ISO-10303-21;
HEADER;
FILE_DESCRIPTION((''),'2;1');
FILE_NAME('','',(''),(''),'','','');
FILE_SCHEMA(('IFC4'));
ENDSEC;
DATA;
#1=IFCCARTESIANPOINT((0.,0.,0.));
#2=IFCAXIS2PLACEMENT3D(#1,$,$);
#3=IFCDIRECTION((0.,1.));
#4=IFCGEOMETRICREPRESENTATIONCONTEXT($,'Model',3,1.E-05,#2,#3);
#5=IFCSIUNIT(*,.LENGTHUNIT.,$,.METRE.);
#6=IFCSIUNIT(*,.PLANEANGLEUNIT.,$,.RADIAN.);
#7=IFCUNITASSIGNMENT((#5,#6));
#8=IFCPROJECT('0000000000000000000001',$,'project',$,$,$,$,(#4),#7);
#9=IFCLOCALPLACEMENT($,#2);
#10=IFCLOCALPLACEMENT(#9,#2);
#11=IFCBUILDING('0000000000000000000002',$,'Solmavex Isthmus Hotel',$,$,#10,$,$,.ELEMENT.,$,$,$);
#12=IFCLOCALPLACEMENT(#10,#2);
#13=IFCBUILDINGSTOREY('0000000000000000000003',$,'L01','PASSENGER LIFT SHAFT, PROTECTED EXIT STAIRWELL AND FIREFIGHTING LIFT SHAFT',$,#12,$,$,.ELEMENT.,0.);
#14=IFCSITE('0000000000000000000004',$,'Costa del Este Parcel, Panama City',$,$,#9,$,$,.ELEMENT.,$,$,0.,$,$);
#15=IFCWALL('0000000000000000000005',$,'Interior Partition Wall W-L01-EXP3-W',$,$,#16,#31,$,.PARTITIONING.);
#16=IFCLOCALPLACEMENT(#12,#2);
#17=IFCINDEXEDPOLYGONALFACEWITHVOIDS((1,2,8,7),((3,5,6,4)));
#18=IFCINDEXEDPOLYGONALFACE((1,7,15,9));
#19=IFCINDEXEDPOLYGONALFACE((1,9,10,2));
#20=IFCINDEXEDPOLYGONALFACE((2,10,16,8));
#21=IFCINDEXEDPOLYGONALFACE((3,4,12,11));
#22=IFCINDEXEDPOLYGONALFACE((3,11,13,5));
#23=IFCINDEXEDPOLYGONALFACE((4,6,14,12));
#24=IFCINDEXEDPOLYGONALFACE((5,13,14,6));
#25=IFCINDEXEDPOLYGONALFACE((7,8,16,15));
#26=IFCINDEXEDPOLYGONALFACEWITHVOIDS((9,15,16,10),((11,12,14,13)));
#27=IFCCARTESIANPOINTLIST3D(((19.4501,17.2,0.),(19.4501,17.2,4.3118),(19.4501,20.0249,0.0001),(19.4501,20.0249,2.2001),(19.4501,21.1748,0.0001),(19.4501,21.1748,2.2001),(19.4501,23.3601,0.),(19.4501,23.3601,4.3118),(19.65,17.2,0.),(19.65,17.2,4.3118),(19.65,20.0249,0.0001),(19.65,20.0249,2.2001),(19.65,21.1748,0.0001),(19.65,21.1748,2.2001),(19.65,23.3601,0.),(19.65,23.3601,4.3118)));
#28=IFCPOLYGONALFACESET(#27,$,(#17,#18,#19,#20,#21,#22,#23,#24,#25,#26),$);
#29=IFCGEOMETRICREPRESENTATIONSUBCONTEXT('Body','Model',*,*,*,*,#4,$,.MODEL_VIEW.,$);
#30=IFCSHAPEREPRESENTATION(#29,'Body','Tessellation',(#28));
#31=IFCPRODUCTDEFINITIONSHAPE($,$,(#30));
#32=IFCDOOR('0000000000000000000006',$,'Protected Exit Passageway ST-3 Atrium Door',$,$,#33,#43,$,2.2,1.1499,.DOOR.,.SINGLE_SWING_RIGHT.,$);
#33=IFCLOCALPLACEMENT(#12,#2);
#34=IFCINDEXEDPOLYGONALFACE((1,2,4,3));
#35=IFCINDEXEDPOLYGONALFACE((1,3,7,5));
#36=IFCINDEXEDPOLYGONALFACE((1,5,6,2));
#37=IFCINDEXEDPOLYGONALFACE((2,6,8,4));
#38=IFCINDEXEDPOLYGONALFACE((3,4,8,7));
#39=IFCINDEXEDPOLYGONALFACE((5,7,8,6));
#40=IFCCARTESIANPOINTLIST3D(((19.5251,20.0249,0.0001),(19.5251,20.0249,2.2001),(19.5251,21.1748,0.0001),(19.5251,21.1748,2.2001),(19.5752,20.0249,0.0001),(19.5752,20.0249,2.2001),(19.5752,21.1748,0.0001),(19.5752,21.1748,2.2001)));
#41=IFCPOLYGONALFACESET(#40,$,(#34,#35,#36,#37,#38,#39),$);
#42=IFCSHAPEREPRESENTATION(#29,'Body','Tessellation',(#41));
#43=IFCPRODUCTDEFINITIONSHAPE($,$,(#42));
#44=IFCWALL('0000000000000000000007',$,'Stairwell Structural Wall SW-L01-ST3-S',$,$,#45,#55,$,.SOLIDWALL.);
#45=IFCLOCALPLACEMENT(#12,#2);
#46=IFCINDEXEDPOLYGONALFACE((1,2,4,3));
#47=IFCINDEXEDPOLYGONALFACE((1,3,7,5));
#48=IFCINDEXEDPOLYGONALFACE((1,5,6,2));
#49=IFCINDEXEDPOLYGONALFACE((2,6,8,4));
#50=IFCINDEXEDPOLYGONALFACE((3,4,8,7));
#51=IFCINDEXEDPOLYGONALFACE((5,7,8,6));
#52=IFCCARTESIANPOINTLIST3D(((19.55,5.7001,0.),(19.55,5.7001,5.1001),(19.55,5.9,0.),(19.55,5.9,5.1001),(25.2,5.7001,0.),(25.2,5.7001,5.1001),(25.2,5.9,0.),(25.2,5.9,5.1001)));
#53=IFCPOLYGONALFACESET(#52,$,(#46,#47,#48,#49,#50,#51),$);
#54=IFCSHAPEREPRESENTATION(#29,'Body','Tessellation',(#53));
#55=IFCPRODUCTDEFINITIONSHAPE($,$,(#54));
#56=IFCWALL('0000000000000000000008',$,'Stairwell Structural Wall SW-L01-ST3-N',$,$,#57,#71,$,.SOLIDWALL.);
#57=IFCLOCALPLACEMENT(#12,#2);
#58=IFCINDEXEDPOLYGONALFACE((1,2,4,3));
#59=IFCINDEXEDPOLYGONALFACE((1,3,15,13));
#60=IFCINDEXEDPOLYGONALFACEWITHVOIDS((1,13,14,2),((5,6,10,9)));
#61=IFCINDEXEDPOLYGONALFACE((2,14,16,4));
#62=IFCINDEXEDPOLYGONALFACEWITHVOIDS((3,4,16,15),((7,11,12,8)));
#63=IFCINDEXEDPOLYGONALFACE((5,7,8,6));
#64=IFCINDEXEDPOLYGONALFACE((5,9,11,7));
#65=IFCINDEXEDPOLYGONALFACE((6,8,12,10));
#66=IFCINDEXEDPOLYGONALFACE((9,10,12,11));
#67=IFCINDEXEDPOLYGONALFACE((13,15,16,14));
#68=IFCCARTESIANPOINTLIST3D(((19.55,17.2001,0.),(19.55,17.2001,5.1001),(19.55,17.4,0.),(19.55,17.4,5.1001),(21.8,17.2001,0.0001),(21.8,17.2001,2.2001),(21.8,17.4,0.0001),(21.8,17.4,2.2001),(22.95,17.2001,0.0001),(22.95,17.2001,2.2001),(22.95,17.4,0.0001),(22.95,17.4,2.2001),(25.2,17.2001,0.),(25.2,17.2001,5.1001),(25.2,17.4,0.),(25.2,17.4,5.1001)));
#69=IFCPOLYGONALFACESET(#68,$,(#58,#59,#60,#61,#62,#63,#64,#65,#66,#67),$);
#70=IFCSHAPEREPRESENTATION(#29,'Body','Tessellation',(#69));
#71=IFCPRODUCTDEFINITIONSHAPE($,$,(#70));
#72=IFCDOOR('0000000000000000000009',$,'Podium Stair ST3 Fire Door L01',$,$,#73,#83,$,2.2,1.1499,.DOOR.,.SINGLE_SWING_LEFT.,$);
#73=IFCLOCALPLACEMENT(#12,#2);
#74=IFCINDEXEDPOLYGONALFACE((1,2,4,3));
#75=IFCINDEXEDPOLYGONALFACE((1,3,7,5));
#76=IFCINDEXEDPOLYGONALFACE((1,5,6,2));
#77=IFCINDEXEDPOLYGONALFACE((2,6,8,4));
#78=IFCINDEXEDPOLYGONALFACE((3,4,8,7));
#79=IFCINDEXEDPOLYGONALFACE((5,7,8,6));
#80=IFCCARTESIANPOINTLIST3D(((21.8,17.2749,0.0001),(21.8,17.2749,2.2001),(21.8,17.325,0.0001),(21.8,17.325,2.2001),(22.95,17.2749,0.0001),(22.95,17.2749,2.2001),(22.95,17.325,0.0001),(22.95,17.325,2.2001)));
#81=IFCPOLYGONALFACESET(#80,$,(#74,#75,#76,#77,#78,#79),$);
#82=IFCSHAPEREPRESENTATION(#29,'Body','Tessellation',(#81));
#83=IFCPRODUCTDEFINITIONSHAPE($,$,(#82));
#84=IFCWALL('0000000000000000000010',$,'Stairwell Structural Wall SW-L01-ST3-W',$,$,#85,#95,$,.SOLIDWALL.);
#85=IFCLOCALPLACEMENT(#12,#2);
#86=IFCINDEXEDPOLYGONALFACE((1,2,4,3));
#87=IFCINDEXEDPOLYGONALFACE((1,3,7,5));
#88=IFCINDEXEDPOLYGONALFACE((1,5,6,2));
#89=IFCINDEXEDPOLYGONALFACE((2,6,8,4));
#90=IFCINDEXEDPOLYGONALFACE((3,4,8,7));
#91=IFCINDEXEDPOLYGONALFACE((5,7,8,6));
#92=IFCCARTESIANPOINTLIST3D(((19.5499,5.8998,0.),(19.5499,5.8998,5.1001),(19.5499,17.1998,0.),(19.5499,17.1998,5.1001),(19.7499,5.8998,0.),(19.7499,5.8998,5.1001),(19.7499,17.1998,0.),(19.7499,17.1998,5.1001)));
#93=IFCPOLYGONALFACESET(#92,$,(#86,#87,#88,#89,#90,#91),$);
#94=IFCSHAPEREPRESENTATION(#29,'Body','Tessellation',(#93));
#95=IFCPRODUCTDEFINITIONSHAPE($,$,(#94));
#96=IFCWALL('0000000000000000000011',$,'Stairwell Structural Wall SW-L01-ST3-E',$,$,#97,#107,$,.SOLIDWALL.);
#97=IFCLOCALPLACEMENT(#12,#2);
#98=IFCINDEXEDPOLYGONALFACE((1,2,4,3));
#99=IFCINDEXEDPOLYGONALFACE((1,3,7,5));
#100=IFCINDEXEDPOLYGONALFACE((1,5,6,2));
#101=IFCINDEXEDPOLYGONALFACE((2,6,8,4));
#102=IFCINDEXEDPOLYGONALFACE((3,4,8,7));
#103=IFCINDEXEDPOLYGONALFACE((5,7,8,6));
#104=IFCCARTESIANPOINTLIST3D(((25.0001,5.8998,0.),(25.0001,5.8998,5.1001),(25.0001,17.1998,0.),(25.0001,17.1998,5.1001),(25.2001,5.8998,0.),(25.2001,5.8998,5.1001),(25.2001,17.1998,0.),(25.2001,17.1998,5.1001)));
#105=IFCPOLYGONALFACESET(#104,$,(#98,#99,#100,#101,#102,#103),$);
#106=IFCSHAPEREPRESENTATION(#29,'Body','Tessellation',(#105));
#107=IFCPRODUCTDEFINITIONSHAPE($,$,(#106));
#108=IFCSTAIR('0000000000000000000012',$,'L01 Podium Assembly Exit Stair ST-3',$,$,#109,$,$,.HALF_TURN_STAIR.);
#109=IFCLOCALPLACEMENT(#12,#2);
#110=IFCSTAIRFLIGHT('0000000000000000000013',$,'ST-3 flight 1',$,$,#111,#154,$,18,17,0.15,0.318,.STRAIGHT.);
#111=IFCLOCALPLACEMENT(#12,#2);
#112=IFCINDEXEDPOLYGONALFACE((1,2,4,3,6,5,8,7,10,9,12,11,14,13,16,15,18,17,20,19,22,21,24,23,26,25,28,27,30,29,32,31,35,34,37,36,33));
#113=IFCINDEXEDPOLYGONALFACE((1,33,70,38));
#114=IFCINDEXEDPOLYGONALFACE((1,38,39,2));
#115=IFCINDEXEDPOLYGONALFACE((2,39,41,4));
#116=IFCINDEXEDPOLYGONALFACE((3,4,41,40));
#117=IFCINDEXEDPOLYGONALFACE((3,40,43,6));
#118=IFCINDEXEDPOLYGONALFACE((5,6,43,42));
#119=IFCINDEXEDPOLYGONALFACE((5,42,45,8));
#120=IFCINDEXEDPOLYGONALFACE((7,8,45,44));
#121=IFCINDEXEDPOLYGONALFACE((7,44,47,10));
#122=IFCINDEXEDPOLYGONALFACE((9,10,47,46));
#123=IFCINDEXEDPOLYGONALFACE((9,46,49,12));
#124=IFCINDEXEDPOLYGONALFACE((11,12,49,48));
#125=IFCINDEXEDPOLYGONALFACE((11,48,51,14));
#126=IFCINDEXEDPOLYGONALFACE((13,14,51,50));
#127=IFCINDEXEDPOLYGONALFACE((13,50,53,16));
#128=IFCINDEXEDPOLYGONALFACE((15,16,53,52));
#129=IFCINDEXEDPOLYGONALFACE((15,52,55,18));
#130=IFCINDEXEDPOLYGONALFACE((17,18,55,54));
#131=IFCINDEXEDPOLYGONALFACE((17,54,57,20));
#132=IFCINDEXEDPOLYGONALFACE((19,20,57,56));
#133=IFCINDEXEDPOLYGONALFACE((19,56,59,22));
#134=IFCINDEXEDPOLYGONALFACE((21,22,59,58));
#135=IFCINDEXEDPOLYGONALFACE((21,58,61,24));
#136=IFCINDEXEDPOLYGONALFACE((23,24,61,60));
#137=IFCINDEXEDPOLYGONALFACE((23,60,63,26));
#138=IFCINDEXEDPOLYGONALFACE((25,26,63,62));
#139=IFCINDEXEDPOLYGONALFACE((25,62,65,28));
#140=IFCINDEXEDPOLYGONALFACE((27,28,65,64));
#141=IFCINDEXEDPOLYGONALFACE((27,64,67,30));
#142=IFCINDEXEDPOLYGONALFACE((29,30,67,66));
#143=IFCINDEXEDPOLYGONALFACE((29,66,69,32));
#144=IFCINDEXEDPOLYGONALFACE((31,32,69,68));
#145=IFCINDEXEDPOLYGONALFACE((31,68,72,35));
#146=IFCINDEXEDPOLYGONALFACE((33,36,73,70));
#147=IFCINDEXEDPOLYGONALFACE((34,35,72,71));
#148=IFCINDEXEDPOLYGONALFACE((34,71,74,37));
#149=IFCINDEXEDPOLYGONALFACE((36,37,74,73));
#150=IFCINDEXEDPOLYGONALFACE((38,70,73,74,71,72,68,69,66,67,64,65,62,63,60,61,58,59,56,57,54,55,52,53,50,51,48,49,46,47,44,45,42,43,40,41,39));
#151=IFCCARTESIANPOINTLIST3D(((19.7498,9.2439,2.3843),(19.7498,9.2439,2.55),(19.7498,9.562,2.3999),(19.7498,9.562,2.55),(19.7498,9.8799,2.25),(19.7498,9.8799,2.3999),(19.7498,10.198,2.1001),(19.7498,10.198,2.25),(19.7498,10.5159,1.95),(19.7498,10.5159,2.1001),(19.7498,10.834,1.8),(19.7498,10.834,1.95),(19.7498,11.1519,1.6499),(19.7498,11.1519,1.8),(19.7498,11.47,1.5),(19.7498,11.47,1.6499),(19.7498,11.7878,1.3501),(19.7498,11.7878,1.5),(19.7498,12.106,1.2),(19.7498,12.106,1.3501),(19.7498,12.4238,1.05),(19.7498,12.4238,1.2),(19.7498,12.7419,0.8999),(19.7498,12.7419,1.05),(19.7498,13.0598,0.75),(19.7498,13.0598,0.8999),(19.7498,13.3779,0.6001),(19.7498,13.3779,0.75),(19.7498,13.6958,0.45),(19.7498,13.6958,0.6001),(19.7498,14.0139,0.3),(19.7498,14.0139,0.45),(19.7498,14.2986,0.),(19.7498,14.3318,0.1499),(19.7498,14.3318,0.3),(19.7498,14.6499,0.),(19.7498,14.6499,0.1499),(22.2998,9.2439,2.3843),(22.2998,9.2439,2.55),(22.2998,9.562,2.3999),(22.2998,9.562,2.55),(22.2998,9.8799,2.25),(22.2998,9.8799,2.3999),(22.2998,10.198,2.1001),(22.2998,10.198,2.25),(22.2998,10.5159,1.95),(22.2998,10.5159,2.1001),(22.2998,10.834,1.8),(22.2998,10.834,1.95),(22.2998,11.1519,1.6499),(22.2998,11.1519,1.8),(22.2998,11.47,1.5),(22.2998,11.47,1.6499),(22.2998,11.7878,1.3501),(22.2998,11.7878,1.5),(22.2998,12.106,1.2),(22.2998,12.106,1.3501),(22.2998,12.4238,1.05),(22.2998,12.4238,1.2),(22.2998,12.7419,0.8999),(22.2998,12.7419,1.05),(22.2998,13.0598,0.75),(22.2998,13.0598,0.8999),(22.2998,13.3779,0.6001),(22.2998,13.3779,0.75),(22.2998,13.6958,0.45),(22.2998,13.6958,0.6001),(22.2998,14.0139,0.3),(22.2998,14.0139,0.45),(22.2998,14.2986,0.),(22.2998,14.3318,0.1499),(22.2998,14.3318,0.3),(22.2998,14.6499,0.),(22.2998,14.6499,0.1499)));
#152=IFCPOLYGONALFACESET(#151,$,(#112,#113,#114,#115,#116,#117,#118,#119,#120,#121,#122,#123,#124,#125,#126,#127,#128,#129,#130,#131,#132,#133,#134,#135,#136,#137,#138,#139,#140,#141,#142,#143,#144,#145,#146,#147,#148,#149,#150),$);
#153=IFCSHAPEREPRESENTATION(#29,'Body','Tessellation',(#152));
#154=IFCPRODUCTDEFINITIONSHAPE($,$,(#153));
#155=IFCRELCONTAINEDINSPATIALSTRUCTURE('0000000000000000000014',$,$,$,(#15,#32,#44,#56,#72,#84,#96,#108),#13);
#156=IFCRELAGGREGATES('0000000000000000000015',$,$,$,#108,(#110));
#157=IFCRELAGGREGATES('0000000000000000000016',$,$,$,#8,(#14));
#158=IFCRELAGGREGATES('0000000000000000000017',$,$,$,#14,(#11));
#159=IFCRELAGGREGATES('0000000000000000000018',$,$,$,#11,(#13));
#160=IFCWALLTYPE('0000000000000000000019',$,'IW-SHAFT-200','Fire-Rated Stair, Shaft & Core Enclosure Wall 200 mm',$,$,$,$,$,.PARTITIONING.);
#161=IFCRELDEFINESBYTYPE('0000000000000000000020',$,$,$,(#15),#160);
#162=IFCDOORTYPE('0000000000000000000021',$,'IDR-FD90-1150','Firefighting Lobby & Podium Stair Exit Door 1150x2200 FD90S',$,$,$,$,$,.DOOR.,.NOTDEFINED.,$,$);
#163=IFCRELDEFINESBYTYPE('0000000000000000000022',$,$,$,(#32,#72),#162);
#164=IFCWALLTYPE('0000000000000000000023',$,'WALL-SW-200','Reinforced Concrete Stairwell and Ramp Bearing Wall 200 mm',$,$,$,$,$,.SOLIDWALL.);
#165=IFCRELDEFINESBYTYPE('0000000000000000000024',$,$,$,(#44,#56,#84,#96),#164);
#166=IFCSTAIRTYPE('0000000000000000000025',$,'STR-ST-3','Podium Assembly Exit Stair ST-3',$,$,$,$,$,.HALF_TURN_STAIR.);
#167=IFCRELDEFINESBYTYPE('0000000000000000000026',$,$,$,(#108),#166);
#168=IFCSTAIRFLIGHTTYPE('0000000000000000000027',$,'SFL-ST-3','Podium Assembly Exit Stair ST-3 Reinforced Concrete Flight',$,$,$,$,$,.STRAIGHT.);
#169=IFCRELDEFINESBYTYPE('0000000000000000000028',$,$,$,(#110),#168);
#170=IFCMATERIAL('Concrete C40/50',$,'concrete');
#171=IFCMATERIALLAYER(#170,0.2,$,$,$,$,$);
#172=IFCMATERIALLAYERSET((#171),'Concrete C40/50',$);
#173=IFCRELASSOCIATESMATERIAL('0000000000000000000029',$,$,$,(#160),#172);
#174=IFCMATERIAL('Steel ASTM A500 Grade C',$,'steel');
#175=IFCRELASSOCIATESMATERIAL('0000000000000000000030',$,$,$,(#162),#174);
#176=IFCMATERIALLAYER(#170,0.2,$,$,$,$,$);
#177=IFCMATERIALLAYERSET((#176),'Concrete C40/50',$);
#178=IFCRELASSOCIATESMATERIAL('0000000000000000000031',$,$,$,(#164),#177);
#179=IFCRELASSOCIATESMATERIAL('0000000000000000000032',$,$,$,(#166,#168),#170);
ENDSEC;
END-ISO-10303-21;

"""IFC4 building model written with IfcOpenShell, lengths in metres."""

from ifc_helpers import new_model, si_unit, direction, frame, frame_2d, origin, place, context, subcontext, project, spatial, polyline, rectangle, outline, extrude, material, layer, layer_set, type_object, element, fill, aggregate, save


model = new_model("IFC4")

# Units and contexts
model_context = context("Model", 3, precision=1e-05, world=origin(), true_north=direction((0.0, 1.0)))
body_context = subcontext(model_context, "Body", "Model", "MODEL_VIEW")
ifc_project = project(units=[si_unit("LENGTHUNIT", "METRE"), si_unit("PLANEANGLEUNIT", "RADIAN")], contexts=[model_context])

# Site, building, storey
site_placement = place(None, origin())
site = spatial("IfcSite", under=ifc_project, at=site_placement, Name="Costa del Este Parcel, Panama City", CompositionType="ELEMENT", RefElevation=0.0)
building_placement = place(site_placement, origin())
building = spatial("IfcBuilding", under=site, at=building_placement, Name="Solmavex Isthmus Hotel", CompositionType="ELEMENT")
storey_placement = place(building_placement, origin())
storey = spatial("IfcBuildingStorey", under=building, at=storey_placement, Name="L01", Description="PASSENGER LIFT SHAFT, PROTECTED EXIT STAIRWELL AND FIREFIGHTING LIFT SHAFT", CompositionType="ELEMENT", Elevation=0.0)

# Shared definitions
ifc_material_1 = material(Name="Concrete C40/50", Category="concrete")

# Shared definitions
ifc_layer_1 = layer(ifc_material_1, 0.2)
ifc_layer_set_1 = layer_set([ifc_layer_1], Name="Concrete C40/50")
wall_type_1 = type_object("IfcWallType", Name="IW-SHAFT-200", Description="Fire-Rated Stair, Shaft & Core Enclosure Wall 200 mm", PredefinedType="PARTITIONING", material=ifc_layer_set_1)

# Wall, opening, door
wall_1_placement = place(storey_placement, frame((19.55, 17.2, 0.0), z_axis=(0.0, 0.0, 1.0), x_axis=(0.0, 1.0, 0.0)))
wall_1 = element("IfcWall", 1, at=wall_1_placement, inside=storey, type_object=wall_type_1, Name="Interior Partition Wall W-L01-EXP3-W", PredefinedType="PARTITIONING", context=body_context, shape_type="SweptSolid", body=[
    extrude(rectangle(XDim=6.1602, YDim=0.2, at=frame_2d((3.0801, 0.0))), origin(), (0.0, 0.0, 1.0), 4.3118),
])
opening_1_placement = place(wall_1_placement, frame((2.825, 0.0, 0.0)))
opening_1 = element("IfcOpeningElement", 2, at=opening_1_placement, cuts=wall_1, PredefinedType="OPENING", context=body_context, shape_type="SweptSolid", body=[
    extrude(rectangle(XDim=1.1499, YDim=2.2, at=frame_2d((0.575, 1.1001))), frame((0.0, 0.1099, 0.0), z_axis=(0.0, -1.0, 0.0), x_axis=(1.0, 0.0, 0.0)), (0.0, 0.0, 1.0), 0.22),
])
ifc_material_2 = material(Name="Steel ASTM A500 Grade C", Category="steel")
door_type_1 = type_object("IfcDoorType", Name="IDR-FD90-1150", Description="Firefighting Lobby & Podium Stair Exit Door 1150x2200 FD90S", OperationType="NOTDEFINED", PredefinedType="DOOR", material=ifc_material_2)
door_1_placement = place(opening_1_placement, origin())
door_1 = element("IfcDoor", 3, at=door_1_placement, inside=storey, type_object=door_type_1, Name="Protected Exit Passageway ST-3 Atrium Door", OperationType="SINGLE_SWING_RIGHT", OverallHeight=2.2, OverallWidth=1.1499, PredefinedType="DOOR", context=body_context, shape_type="SweptSolid", body=[
    extrude(rectangle(XDim=1.1499, YDim=2.2, at=frame_2d((0.575, 1.1001))), frame((0.0, 0.0249, 0.0), z_axis=(0.0, -1.0, 0.0), x_axis=(1.0, 0.0, 0.0)), (0.0, 0.0, 1.0), 0.05),
])
fill(opening_1, door_1)

# Wall
ifc_layer_2 = layer(ifc_material_1, 0.2)
ifc_layer_set_2 = layer_set([ifc_layer_2], Name="Concrete C40/50")
wall_type_2 = type_object("IfcWallType", Name="WALL-SW-200", Description="Reinforced Concrete Stairwell and Ramp Bearing Wall 200 mm", PredefinedType="SOLIDWALL", material=ifc_layer_set_2)
wall_2_placement = place(storey_placement, frame((19.55, 5.8, 0.0), z_axis=(0.0, 0.0, 1.0), x_axis=(1.0, 0.0, 0.0)))
element("IfcWall", 4, at=wall_2_placement, inside=storey, type_object=wall_type_2, Name="Stairwell Structural Wall SW-L01-ST3-S", PredefinedType="SOLIDWALL", context=body_context, shape_type="SweptSolid", body=[
    extrude(rectangle(XDim=5.6499, YDim=0.2, at=frame_2d((2.825, 0.0))), origin(), (0.0, 0.0, 1.0), 5.1001),
])

# Wall, opening, door
wall_3_placement = place(storey_placement, frame((19.55, 17.3, 0.0), z_axis=(0.0, 0.0, 1.0), x_axis=(1.0, 0.0, 0.0)))
wall_3 = element("IfcWall", 5, at=wall_3_placement, inside=storey, type_object=wall_type_2, Name="Stairwell Structural Wall SW-L01-ST3-N", PredefinedType="SOLIDWALL", context=body_context, shape_type="SweptSolid", body=[
    extrude(rectangle(XDim=5.6499, YDim=0.2, at=frame_2d((2.825, 0.0))), origin(), (0.0, 0.0, 1.0), 5.1001),
])
opening_2_placement = place(wall_3_placement, frame((2.25, 0.0, 0.0)))
opening_2 = element("IfcOpeningElement", 6, at=opening_2_placement, cuts=wall_3, PredefinedType="OPENING", context=body_context, shape_type="SweptSolid", body=[
    extrude(rectangle(XDim=1.1499, YDim=2.2, at=frame_2d((0.575, 1.1001))), frame((0.0, 0.1099, 0.0), z_axis=(0.0, -1.0, 0.0), x_axis=(1.0, 0.0, 0.0)), (0.0, 0.0, 1.0), 0.22),
])
door_2_placement = place(opening_2_placement, origin())
door_2 = element("IfcDoor", 7, at=door_2_placement, inside=storey, type_object=door_type_1, Name="Podium Stair ST3 Fire Door L01", OperationType="SINGLE_SWING_LEFT", OverallHeight=2.2, OverallWidth=1.1499, PredefinedType="DOOR", context=body_context, shape_type="SweptSolid", body=[
    extrude(rectangle(XDim=1.1499, YDim=2.2, at=frame_2d((0.575, 1.1001))), frame((0.0, 0.0249, 0.0), z_axis=(0.0, -1.0, 0.0), x_axis=(1.0, 0.0, 0.0)), (0.0, 0.0, 1.0), 0.05),
])
fill(opening_2, door_2)

# Walls
for number, where, z_axis, x_axis, name in (
    (8, (19.6499, 5.8999, 0.0), (0.0, 0.0, 1.0), (0.0, 1.0, 0.0), "Stairwell Structural Wall SW-L01-ST3-W"),
    (9, (25.1001, 5.8999, 0.0), (0.0, 0.0, 1.0), (0.0, 1.0, 0.0), "Stairwell Structural Wall SW-L01-ST3-E"),
):
    element("IfcWall", number, at=place(storey_placement, frame(where, z_axis=z_axis, x_axis=x_axis)), inside=storey, type_object=wall_type_2, Name=name, PredefinedType="SOLIDWALL", context=body_context, shape_type="SweptSolid", body=[
        extrude(rectangle(XDim=11.3, YDim=0.2, at=frame_2d((5.6499, 0.0))), origin(), (0.0, 0.0, 1.0), 5.1001),
    ])

# Stair, stair flight
stair_type = type_object("IfcStairType", Name="STR-ST-3", Description="Podium Assembly Exit Stair ST-3", PredefinedType="HALF_TURN_STAIR", material=ifc_material_1)
stair_placement = place(storey_placement, origin())
stair = element("IfcStair", 10, at=stair_placement, inside=storey, type_object=stair_type, Name="L01 Podium Assembly Exit Stair ST-3", PredefinedType="HALF_TURN_STAIR")
stair_flight_type = type_object("IfcStairFlightType", Name="SFL-ST-3", Description="Podium Assembly Exit Stair ST-3 Reinforced Concrete Flight", PredefinedType="STRAIGHT", material=ifc_material_1)
stair_flight_1_placement = place(storey_placement, frame((21.0249, 14.6499, 0.0), z_axis=(0.0, 0.0, 1.0), x_axis=(0.0, -1.0, 0.0)))
stair_flight_1 = element("IfcStairFlight", 11, at=stair_flight_1_placement, type_object=stair_flight_type, Name="ST-3 flight 1", NumberOfRisers=18, NumberOfTreads=17, PredefinedType="STRAIGHT", RiserHeight=0.15, TreadLength=0.318, context=body_context, shape_type="SweptSolid", body=[
    extrude(outline(polyline([(0.0, 0.0), (0.0, 0.1499), (0.3181, 0.1499), (0.3181, 0.3), (0.636, 0.3), (0.636, 0.45), (0.9541, 0.45), (0.9541, 0.6001), (1.272, 0.6001), (1.272, 0.75), (1.5901, 0.75), (1.5901, 0.8999), (1.908, 0.8999), (1.908, 1.05), (2.2261, 1.05), (2.2261, 1.2), (2.5439, 1.2), (2.5439, 1.3501), (2.8621, 1.3501), (2.8621, 1.5), (3.1799, 1.5), (3.1799, 1.6499), (3.498, 1.6499), (3.498, 1.8), (3.8159, 1.8), (3.8159, 1.95), (4.134, 1.95), (4.134, 2.1001), (4.4519, 2.1001), (4.4519, 2.25), (4.77, 2.25), (4.77, 2.3999), (5.0879, 2.3999), (5.0879, 2.55), (5.406, 2.55), (5.406, 2.7), (5.406, 2.3843), (0.3513, 0.0), (0.0, 0.0)])), frame((0.0, 1.2749, 0.0), z_axis=(0.0, -1.0, 0.0), x_axis=(1.0, 0.0, 0.0)), (0.0, 0.0, 1.0), 2.55),
])
aggregate(stair, [stair_flight_1])

save(model, "model.ifc")
